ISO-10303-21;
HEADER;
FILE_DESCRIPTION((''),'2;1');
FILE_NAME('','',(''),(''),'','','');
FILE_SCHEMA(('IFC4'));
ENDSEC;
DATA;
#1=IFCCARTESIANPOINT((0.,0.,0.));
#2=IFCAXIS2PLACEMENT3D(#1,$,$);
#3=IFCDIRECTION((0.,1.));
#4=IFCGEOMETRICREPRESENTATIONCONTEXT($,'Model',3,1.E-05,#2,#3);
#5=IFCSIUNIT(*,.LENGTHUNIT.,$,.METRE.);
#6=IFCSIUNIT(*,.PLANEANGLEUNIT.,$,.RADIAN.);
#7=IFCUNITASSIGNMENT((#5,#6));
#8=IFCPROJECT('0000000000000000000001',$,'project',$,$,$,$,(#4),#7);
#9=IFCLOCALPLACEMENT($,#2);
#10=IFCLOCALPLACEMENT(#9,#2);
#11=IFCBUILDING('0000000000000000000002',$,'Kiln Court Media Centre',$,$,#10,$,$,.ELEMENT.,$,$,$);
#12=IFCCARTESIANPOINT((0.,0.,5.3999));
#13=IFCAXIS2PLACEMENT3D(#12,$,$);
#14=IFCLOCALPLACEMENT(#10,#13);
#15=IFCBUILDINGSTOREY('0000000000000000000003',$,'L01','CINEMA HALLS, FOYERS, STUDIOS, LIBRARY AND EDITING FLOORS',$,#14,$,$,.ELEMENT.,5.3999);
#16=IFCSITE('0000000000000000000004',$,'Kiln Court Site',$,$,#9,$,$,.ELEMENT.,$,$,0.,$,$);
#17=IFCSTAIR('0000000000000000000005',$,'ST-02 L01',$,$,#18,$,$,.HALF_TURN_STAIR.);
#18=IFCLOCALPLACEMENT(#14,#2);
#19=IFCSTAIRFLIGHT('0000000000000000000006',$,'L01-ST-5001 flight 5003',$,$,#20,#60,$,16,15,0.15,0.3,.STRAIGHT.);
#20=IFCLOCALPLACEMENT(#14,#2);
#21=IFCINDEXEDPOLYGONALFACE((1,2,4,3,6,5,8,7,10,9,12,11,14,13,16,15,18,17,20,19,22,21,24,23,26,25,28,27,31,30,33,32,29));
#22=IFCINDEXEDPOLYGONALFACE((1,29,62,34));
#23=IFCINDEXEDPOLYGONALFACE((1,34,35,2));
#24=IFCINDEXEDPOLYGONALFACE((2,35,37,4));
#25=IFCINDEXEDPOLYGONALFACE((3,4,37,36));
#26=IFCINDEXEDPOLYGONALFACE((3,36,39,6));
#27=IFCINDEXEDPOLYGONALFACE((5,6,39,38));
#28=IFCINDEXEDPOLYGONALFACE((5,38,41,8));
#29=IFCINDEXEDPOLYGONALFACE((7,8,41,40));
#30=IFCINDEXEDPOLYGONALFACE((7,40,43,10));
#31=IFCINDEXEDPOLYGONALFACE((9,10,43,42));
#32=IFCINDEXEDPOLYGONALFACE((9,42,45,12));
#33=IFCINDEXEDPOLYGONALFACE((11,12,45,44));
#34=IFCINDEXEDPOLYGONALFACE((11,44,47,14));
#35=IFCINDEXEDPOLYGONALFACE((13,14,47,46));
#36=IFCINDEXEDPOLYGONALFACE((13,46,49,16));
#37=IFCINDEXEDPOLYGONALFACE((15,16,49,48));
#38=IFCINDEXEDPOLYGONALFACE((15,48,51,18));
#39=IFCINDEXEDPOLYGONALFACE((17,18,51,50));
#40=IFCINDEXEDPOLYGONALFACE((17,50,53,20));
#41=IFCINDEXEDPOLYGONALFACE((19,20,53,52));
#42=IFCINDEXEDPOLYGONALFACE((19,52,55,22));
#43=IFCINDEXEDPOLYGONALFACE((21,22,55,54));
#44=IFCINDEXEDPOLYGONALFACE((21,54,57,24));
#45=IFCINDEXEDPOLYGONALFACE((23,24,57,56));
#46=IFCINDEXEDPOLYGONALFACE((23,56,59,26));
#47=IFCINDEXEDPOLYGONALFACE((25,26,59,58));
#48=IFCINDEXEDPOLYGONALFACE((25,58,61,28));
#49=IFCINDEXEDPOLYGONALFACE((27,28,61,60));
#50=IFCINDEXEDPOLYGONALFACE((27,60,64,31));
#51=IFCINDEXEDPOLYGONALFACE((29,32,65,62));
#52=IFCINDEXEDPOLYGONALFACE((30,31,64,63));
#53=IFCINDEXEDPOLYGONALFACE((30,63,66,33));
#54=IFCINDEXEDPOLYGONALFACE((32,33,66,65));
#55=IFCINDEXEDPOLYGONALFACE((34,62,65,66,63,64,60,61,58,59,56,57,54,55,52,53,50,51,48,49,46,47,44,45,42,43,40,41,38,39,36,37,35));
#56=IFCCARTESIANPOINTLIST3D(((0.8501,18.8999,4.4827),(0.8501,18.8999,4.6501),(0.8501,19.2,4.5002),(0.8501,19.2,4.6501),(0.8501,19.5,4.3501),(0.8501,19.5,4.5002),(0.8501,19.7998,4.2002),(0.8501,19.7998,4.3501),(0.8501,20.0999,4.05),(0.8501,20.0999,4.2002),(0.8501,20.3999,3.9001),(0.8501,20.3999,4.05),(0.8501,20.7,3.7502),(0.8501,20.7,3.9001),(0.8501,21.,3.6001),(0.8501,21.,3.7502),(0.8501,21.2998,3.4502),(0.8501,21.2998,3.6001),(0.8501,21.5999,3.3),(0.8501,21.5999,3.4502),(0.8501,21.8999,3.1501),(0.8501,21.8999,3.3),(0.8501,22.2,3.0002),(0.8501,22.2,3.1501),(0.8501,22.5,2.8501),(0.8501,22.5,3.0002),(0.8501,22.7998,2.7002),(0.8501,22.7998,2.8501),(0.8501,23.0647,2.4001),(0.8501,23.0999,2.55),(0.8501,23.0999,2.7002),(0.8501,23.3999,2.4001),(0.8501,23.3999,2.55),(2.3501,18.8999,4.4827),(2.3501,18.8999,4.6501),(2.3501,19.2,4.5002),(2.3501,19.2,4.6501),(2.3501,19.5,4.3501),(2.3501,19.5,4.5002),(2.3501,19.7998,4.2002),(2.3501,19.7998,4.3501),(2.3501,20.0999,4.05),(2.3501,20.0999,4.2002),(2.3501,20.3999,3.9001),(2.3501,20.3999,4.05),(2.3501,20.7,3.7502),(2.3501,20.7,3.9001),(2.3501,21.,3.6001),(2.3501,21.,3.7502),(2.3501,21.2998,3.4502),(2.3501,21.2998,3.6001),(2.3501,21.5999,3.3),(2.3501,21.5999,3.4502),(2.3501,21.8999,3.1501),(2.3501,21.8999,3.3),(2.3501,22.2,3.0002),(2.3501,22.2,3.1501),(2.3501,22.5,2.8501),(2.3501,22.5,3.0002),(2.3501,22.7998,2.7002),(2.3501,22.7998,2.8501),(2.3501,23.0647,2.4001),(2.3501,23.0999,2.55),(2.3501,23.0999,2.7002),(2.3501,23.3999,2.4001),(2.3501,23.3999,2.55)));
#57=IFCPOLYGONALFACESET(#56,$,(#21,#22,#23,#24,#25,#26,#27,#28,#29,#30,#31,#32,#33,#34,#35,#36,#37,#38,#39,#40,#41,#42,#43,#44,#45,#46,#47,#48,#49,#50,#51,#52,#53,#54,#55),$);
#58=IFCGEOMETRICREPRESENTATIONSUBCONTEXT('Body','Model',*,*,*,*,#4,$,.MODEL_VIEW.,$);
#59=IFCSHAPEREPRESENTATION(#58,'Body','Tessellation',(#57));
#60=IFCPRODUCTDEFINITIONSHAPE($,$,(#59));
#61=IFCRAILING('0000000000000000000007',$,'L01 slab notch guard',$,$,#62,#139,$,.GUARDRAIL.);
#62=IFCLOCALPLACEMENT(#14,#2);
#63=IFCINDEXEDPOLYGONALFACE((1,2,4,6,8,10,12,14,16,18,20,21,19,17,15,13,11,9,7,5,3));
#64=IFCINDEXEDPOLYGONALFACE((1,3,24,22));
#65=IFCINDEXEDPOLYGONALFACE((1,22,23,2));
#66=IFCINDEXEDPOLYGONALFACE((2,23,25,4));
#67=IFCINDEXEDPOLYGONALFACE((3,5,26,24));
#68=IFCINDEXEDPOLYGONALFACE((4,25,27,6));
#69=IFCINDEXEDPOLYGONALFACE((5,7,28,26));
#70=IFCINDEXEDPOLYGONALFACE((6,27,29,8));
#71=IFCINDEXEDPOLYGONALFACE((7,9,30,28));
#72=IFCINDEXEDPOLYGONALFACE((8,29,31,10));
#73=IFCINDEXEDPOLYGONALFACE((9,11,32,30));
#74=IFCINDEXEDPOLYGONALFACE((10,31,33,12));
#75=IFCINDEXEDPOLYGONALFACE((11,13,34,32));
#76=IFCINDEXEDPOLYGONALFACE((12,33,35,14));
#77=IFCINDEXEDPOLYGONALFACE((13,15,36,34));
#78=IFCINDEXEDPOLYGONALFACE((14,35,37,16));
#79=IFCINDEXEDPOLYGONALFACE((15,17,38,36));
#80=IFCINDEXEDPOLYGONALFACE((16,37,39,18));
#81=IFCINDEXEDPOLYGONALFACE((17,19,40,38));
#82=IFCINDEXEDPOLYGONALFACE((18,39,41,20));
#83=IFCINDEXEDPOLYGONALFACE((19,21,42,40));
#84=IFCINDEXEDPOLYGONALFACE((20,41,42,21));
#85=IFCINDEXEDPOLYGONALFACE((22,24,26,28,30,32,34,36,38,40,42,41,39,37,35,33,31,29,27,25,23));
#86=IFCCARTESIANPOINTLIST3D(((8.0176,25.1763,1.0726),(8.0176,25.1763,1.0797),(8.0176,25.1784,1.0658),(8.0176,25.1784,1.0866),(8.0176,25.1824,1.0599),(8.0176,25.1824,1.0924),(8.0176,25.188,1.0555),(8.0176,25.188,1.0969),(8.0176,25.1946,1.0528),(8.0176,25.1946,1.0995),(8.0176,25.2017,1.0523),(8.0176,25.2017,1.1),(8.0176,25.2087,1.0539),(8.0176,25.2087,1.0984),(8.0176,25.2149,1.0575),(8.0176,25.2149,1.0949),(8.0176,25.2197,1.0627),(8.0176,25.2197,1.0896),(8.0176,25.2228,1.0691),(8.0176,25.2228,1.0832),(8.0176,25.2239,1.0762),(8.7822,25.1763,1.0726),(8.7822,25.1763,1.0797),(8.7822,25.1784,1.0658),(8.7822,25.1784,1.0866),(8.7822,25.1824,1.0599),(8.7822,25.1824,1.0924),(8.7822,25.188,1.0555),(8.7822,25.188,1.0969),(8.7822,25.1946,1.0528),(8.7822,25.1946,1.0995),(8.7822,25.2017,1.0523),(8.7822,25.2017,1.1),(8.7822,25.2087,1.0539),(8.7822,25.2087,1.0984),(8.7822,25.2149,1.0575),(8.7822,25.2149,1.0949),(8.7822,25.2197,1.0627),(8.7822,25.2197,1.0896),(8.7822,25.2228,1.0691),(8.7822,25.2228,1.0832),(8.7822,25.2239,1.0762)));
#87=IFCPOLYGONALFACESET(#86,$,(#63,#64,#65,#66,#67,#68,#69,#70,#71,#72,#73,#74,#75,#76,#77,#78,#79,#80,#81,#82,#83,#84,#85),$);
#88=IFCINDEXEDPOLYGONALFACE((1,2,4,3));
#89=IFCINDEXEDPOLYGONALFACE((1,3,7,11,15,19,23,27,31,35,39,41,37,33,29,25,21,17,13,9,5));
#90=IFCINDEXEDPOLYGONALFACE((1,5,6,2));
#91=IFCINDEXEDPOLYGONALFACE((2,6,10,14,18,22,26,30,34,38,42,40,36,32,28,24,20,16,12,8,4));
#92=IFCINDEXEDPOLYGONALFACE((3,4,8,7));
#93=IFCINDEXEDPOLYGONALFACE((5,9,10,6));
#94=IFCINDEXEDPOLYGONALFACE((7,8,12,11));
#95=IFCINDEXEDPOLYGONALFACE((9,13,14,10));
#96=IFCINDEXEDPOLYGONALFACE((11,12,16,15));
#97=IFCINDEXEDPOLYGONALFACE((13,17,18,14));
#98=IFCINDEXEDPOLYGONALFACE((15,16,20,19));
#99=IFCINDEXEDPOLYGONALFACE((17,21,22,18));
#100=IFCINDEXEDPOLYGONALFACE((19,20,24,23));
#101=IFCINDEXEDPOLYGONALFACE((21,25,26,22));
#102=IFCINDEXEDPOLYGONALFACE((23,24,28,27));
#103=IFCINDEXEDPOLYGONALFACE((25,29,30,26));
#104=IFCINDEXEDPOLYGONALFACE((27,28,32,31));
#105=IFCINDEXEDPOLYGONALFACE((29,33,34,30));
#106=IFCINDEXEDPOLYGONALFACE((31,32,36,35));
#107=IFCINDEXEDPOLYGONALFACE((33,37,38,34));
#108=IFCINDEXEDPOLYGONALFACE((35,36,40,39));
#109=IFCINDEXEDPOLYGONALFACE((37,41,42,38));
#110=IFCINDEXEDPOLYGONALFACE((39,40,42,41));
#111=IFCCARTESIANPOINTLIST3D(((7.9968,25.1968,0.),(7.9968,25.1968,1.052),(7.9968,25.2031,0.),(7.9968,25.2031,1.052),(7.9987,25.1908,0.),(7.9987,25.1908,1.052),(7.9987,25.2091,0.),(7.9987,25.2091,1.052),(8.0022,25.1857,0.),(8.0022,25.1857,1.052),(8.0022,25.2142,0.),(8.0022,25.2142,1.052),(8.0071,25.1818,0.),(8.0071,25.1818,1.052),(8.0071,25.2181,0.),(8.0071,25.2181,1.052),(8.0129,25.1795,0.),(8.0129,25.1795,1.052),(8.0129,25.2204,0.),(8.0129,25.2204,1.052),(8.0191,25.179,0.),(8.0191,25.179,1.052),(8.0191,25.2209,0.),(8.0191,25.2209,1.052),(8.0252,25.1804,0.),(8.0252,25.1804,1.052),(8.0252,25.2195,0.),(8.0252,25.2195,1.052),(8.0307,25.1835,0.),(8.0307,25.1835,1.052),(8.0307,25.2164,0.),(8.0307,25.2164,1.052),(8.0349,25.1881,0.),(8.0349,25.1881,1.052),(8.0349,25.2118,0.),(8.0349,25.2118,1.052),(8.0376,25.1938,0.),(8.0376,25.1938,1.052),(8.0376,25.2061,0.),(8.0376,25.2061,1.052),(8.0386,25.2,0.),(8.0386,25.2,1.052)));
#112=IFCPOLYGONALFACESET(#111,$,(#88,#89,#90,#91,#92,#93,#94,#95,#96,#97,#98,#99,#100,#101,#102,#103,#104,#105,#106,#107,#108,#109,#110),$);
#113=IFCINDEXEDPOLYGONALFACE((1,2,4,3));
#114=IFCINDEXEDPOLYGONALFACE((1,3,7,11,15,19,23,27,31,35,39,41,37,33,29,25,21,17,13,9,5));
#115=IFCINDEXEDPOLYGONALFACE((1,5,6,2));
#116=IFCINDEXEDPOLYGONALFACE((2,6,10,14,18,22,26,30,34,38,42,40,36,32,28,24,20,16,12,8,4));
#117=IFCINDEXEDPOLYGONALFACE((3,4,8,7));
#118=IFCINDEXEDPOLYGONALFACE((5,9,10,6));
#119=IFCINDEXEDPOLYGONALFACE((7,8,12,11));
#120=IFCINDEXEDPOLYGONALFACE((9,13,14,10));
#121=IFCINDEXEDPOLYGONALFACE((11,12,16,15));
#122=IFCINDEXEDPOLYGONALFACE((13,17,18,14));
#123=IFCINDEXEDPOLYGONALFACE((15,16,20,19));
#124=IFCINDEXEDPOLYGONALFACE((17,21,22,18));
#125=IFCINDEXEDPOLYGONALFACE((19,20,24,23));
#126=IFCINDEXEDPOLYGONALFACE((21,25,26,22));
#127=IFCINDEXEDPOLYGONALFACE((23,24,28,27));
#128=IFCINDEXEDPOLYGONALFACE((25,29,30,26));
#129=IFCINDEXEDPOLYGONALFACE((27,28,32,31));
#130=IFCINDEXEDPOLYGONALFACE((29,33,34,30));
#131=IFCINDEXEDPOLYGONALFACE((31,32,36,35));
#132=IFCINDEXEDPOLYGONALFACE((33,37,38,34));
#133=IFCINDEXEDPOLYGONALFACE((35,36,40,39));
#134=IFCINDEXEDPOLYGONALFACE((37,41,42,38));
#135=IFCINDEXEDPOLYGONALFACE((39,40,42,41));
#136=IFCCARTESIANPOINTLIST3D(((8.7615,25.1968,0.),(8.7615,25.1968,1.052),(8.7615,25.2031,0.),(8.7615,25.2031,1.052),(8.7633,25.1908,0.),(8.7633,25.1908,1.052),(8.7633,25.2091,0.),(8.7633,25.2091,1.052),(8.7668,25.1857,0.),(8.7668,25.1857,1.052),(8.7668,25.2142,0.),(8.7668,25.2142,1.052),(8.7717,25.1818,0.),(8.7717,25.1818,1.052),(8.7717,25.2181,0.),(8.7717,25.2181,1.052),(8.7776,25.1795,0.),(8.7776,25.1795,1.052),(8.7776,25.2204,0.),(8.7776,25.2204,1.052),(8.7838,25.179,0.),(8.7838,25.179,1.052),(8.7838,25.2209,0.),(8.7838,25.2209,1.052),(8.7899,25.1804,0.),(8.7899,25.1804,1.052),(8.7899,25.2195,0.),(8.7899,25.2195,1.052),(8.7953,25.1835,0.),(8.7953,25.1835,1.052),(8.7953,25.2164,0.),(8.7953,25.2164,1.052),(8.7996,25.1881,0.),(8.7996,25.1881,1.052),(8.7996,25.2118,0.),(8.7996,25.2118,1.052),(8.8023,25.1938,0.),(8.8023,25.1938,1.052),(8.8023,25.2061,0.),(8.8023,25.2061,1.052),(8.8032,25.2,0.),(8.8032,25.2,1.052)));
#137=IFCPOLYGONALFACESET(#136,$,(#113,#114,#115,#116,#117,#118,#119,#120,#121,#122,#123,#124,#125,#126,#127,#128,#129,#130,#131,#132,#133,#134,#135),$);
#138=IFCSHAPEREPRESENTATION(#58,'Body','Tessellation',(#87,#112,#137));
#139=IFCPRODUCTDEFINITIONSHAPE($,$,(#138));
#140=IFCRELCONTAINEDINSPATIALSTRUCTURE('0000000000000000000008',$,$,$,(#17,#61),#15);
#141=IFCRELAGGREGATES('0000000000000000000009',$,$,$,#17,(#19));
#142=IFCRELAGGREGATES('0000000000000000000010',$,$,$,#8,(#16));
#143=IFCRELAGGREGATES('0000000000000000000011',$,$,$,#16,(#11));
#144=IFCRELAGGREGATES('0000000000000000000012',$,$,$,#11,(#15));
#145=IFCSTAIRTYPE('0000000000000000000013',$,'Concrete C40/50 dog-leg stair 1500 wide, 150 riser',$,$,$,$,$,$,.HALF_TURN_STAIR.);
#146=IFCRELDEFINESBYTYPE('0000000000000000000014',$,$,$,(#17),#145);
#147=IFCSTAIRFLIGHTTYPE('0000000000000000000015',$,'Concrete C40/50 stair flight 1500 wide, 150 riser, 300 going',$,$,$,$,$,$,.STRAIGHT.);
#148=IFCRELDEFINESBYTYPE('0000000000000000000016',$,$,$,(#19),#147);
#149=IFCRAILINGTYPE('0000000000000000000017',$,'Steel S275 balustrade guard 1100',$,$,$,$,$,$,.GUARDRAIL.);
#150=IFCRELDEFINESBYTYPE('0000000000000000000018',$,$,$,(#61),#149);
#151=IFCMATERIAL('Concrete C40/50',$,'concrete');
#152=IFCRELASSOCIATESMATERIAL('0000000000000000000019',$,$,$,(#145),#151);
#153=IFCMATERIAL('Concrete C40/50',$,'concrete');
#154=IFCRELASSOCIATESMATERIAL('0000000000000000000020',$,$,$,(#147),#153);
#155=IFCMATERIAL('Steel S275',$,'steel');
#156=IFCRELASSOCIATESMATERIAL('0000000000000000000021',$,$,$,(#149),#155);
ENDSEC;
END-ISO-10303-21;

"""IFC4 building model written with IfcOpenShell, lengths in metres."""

from ifc_helpers import new_model, si_unit, direction, frame, origin, origin_2d, place, context, subcontext, project, spatial, polyline, circle, outline, extrude, material, type_object, element, aggregate, save


model = new_model("IFC4")

# Units and contexts
model_context = context("Model", 3, precision=1e-05, world=origin(), true_north=direction((0.0, 1.0)))
body_context = subcontext(model_context, "Body", "Model", "MODEL_VIEW")
ifc_project = project(units=[si_unit("LENGTHUNIT", "METRE"), si_unit("PLANEANGLEUNIT", "RADIAN")], contexts=[model_context])

# Site, building, storey
site_placement = place(None, origin())
site = spatial("IfcSite", under=ifc_project, at=site_placement, Name="Kiln Court Site", CompositionType="ELEMENT", RefElevation=0.0)
building_placement = place(site_placement, origin())
building = spatial("IfcBuilding", under=site, at=building_placement, Name="Kiln Court Media Centre", CompositionType="ELEMENT")
storey_placement = place(building_placement, frame((0.0, 0.0, 5.3999)))
storey = spatial("IfcBuildingStorey", under=building, at=storey_placement, Name="L01", Description="CINEMA HALLS, FOYERS, STUDIOS, LIBRARY AND EDITING FLOORS", CompositionType="ELEMENT", Elevation=5.3999)

# Stair, stair flight
ifc_material_1 = material(Name="Concrete C40/50", Category="concrete")
stair_type = type_object("IfcStairType", Name="Concrete C40/50 dog-leg stair 1500 wide, 150 riser", PredefinedType="HALF_TURN_STAIR", material=ifc_material_1)
stair_placement = place(storey_placement, origin())
stair = element("IfcStair", 1, at=stair_placement, inside=storey, type_object=stair_type, Name="ST-02 L01", PredefinedType="HALF_TURN_STAIR")
ifc_material_2 = material(Name="Concrete C40/50", Category="concrete")
stair_flight_type = type_object("IfcStairFlightType", Name="Concrete C40/50 stair flight 1500 wide, 150 riser, 300 going", PredefinedType="STRAIGHT", material=ifc_material_2)
stair_flight_placement = place(storey_placement, frame((1.6001, 23.3999, 2.4001), z_axis=(0.0, 0.0, 1.0), x_axis=(0.0, -1.0, 0.0)))
stair_flight = element("IfcStairFlight", 2, at=stair_flight_placement, type_object=stair_flight_type, Name="L01-ST-5001 flight 5003", NumberOfRisers=16, NumberOfTreads=15, PredefinedType="STRAIGHT", RiserHeight=0.15, TreadLength=0.3, context=body_context, shape_type="SweptSolid", body=[
    extrude(outline(polyline([(0.0, 0.0), (0.0, 0.1499), (0.3, 0.1499), (0.3, 0.3), (0.6001, 0.3), (0.6001, 0.45), (0.8999, 0.45), (0.8999, 0.6001), (1.2, 0.6001), (1.2, 0.75), (1.5, 0.75), (1.5, 0.8999), (1.8, 0.8999), (1.8, 1.05), (2.1001, 1.05), (2.1001, 1.2), (2.3999, 1.2), (2.3999, 1.3501), (2.7, 1.3501), (2.7, 1.5), (3.0, 1.5), (3.0, 1.6499), (3.3, 1.6499), (3.3, 1.8), (3.6001, 1.8), (3.6001, 1.95), (3.8999, 1.95), (3.8999, 2.1001), (4.2, 2.1001), (4.2, 2.25), (4.5, 2.25), (4.5, 2.3999), (4.5, 2.0825), (0.3352, 0.0), (0.0, 0.0)])), frame((0.0, 0.75, 0.0), z_axis=(0.0, -1.0, 0.0), x_axis=(1.0, 0.0, 0.0)), (0.0, 0.0, 1.0), 1.5),
])
aggregate(stair, [stair_flight])

# Railing
ifc_material_3 = material(Name="Steel S275", Category="steel")
railing_type_1 = type_object("IfcRailingType", Name="Steel S275 balustrade guard 1100", PredefinedType="GUARDRAIL", material=ifc_material_3)
railing_1_placement = place(storey_placement, frame((8.0176, 25.2, 0.0)))
element("IfcRailing", 3, at=railing_1_placement, inside=storey, type_object=railing_type_1, Name="L01 slab notch guard", PredefinedType="GUARDRAIL", context=body_context, shape_type="SweptSolid", body=[
    extrude(circle(Radius=0.0239, at=origin_2d()), frame((0.0, 0.0, 1.0762), z_axis=(1.0, 0.0, 0.0), x_axis=(0.0, 1.0, 0.0)), (0.0, 0.0, 1.0), 0.7646),
    extrude(circle(Radius=0.021, at=origin_2d()), origin(), (0.0, 0.0, 1.0), 1.052),
    extrude(circle(Radius=0.021, at=origin_2d()), frame((0.7646, 0.0, 0.0)), (0.0, 0.0, 1.0), 1.052),
])

save(model, "model.ifc")
